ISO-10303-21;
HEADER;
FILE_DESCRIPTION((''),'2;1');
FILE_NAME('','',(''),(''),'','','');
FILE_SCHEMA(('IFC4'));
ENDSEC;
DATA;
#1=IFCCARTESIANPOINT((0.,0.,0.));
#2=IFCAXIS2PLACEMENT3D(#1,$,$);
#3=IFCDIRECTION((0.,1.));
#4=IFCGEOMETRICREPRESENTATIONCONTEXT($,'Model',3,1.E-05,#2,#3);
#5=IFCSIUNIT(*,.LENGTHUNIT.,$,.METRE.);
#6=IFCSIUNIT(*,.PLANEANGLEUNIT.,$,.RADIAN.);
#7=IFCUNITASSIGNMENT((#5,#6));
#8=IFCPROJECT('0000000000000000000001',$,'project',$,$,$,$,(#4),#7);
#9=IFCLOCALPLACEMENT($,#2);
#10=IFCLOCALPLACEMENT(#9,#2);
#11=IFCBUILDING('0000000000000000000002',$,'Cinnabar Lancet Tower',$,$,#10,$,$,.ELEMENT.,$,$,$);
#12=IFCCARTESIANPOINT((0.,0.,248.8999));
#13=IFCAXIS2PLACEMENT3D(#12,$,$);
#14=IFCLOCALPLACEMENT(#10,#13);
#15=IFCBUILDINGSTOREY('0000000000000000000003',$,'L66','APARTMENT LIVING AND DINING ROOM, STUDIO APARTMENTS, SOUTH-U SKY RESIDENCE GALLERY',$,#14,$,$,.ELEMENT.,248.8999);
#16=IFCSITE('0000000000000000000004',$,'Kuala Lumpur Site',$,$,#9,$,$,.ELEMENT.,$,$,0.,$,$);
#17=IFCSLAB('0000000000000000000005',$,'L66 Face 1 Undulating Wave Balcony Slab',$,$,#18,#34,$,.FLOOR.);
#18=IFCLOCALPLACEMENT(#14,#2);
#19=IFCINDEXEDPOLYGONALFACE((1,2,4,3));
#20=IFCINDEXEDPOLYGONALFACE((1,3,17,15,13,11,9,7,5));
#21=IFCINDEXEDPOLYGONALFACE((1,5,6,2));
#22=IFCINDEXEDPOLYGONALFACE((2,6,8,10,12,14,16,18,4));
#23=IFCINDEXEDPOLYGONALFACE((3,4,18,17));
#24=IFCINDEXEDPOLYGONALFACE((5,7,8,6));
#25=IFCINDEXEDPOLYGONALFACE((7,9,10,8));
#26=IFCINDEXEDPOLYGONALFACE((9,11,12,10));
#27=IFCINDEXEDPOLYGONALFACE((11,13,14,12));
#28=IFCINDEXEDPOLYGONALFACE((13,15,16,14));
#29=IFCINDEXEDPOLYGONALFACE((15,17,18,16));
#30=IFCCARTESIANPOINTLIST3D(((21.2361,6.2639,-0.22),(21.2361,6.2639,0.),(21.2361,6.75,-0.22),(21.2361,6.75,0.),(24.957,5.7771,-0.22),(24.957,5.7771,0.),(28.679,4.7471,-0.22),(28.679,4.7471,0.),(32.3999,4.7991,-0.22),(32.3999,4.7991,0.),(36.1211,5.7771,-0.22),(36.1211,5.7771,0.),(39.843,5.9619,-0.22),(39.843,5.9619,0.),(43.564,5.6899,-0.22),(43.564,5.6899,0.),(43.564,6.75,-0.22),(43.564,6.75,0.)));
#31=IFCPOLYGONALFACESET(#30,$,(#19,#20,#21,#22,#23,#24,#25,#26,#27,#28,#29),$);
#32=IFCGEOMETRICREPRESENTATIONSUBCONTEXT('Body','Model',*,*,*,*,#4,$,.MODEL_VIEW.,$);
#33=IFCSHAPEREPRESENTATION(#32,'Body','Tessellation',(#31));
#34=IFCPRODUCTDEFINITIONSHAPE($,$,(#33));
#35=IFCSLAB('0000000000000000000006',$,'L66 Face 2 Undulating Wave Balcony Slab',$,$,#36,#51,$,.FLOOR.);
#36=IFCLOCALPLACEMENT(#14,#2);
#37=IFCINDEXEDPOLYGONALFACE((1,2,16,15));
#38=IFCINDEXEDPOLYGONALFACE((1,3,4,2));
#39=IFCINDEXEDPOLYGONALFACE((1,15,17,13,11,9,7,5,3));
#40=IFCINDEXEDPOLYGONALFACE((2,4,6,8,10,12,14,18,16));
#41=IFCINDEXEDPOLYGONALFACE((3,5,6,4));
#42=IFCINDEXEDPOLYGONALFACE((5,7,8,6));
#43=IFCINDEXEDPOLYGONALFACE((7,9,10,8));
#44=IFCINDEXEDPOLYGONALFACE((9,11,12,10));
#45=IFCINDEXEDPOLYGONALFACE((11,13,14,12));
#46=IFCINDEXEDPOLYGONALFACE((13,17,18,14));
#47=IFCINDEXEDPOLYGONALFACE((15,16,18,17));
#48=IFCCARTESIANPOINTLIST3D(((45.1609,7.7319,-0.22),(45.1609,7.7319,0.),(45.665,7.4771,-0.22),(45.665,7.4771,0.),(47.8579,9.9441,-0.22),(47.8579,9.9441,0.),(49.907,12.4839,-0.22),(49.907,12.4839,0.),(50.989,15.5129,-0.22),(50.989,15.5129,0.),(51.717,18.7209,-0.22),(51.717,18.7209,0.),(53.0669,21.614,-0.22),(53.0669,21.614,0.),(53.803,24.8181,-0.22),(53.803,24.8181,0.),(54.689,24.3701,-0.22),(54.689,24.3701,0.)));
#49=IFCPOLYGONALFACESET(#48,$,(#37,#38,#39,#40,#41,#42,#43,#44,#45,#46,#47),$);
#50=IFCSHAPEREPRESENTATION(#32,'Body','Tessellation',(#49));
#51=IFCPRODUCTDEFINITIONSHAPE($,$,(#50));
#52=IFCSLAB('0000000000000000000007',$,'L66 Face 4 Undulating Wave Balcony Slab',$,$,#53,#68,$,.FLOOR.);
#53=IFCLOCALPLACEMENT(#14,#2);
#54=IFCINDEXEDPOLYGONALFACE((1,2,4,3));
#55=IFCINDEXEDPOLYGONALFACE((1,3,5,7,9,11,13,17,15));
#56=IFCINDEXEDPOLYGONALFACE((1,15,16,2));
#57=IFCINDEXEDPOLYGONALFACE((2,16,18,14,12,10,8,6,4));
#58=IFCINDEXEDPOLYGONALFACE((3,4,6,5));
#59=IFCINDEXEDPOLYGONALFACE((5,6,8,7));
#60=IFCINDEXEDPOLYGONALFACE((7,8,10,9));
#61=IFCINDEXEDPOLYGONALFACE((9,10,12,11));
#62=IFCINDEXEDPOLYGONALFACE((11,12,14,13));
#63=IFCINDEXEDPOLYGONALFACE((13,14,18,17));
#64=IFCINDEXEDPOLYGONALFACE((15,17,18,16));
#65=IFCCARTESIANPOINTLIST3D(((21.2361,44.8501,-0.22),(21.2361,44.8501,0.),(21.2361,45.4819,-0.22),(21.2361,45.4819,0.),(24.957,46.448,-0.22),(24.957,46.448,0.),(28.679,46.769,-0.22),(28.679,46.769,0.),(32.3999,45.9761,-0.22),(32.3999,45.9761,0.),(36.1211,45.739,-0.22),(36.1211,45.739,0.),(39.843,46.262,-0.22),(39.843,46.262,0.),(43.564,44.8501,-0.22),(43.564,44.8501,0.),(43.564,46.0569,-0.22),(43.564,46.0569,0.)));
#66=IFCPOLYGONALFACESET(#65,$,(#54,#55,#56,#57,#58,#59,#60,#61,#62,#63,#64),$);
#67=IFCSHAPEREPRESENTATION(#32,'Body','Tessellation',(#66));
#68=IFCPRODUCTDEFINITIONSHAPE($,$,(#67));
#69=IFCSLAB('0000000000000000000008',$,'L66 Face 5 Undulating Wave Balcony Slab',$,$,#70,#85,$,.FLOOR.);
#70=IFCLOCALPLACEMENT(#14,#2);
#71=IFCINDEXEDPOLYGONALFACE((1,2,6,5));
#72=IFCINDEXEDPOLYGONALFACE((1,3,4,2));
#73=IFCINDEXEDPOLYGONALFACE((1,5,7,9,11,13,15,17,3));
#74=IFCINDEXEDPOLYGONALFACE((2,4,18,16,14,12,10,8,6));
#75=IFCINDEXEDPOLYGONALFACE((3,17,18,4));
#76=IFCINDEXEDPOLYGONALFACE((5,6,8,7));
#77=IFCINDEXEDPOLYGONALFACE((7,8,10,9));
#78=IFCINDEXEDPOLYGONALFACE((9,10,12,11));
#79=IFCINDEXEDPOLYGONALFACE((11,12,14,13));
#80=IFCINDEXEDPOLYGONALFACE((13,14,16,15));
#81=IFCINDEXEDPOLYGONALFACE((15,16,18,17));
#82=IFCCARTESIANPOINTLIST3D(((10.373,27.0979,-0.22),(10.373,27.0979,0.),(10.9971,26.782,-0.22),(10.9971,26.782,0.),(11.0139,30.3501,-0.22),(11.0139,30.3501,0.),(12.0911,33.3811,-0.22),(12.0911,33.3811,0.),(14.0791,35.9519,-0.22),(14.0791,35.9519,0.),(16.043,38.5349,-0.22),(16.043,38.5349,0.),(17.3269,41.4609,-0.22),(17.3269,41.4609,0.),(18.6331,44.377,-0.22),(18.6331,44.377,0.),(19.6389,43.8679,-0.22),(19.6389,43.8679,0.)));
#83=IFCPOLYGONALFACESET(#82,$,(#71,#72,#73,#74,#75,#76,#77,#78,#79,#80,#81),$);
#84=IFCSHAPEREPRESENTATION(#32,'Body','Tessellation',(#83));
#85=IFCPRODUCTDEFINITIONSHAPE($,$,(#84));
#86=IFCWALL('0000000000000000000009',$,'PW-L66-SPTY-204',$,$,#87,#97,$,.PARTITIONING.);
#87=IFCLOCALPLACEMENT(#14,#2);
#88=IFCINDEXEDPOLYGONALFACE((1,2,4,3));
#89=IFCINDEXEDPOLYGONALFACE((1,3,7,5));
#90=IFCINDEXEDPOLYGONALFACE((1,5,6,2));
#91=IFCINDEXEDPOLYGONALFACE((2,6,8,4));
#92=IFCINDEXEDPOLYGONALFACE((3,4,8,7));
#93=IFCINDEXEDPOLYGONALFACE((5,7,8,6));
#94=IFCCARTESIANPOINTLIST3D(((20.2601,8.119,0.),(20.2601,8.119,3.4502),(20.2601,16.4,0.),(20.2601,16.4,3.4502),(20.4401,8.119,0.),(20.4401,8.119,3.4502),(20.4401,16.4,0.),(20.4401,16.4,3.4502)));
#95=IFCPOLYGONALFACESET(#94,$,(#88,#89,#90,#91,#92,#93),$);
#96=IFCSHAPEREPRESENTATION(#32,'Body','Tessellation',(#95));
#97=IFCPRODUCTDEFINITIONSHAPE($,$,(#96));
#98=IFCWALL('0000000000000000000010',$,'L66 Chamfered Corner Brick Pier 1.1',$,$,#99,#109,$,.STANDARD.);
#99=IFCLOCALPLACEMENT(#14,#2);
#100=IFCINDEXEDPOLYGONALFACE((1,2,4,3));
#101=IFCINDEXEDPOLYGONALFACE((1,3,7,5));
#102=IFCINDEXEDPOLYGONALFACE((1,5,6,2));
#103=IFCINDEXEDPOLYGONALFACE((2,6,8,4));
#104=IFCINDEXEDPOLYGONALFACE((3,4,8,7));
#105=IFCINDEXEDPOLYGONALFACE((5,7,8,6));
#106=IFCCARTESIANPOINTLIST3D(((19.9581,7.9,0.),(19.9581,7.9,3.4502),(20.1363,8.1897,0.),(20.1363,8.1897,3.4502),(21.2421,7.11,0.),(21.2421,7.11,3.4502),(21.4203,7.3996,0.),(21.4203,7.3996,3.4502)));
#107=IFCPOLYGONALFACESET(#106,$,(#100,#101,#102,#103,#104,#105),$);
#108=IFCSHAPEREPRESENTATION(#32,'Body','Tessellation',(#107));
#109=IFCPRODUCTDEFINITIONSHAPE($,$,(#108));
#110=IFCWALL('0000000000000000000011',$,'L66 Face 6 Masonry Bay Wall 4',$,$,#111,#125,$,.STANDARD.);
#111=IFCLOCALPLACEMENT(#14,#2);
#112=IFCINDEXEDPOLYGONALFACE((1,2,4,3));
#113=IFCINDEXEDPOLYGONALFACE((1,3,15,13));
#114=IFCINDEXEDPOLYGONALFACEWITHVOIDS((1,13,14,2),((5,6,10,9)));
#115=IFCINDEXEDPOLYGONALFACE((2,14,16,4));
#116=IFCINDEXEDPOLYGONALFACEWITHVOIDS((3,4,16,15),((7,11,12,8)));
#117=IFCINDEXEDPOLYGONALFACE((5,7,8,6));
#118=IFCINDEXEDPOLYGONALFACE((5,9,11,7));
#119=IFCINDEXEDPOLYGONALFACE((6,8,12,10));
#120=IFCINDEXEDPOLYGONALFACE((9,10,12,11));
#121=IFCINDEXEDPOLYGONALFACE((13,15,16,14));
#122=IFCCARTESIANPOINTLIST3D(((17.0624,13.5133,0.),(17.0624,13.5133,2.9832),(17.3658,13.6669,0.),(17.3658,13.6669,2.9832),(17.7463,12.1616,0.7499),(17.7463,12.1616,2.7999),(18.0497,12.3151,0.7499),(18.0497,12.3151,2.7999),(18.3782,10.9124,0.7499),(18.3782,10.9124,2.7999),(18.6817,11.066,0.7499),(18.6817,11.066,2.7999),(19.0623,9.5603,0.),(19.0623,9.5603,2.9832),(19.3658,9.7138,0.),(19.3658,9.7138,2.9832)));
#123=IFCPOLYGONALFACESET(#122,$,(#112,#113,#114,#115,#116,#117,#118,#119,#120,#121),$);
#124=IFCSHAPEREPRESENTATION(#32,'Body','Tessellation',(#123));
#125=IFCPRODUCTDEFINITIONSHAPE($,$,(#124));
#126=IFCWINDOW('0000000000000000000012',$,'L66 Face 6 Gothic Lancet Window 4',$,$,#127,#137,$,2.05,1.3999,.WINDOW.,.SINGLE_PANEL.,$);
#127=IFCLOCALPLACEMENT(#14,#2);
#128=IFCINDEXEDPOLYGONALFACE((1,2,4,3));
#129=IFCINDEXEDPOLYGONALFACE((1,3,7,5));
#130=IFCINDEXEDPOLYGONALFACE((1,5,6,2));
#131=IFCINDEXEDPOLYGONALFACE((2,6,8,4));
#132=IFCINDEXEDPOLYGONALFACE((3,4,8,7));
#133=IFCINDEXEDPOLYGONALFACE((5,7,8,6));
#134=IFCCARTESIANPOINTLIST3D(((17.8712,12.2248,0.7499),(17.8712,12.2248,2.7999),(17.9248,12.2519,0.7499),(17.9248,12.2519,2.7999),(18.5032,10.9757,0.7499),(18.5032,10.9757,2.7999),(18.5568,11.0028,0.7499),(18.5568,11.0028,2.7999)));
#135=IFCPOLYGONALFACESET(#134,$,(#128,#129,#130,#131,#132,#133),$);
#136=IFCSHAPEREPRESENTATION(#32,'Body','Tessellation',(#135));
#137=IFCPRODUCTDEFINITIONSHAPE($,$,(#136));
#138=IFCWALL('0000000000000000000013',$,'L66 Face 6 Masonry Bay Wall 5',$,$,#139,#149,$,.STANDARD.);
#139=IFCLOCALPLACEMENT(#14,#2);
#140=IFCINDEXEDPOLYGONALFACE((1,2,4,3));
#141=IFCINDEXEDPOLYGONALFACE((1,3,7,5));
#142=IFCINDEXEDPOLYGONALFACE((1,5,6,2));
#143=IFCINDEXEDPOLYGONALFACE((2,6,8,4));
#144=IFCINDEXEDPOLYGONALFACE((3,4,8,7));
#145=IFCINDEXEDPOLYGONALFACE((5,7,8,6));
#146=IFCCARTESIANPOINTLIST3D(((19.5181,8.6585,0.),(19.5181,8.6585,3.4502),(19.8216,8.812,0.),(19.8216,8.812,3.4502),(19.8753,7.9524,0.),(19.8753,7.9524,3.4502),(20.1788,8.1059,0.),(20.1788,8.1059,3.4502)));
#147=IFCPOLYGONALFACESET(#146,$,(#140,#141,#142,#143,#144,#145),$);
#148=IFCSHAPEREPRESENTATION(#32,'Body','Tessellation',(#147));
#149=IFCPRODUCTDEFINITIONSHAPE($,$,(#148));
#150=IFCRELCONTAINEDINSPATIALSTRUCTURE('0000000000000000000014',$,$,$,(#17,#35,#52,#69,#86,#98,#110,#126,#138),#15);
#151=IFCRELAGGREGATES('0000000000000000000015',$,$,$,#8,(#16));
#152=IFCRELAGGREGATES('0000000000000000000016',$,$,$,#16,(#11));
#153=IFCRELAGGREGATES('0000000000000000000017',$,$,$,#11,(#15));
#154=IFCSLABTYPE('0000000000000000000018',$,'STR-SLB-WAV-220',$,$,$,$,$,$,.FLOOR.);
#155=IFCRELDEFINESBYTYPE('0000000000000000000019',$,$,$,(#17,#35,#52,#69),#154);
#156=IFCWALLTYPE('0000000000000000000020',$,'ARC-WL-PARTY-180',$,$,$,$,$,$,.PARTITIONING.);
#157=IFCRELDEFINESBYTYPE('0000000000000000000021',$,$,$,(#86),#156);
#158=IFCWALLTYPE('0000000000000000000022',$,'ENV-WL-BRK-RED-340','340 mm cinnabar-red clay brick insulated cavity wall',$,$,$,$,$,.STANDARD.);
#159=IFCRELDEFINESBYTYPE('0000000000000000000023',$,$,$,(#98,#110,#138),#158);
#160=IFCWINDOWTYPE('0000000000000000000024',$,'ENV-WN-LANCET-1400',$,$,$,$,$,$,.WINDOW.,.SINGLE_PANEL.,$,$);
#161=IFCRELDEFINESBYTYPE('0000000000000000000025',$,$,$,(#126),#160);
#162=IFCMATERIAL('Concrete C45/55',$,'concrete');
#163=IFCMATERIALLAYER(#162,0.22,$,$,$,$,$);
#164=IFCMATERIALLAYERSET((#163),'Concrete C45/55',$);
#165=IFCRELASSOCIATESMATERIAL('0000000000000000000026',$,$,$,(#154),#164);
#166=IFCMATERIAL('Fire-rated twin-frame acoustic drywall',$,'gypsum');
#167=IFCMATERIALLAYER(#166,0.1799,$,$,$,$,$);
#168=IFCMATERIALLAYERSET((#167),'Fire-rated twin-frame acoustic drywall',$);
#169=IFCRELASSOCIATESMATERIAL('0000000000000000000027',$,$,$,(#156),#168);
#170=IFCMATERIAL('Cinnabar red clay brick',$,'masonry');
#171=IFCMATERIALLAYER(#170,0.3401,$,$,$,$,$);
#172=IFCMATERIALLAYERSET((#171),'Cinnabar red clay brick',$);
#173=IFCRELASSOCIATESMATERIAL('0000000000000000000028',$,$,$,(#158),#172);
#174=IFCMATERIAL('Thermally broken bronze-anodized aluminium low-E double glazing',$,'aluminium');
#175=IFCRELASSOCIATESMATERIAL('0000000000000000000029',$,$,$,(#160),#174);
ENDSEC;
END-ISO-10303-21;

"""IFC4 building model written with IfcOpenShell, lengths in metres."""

from ifc_helpers import new_model, si_unit, direction, frame, frame_2d, origin, place, context, subcontext, project, spatial, polyline, rectangle, outline, extrude, material, layer, layer_set, type_object, element, fill, save


model = new_model("IFC4")

# Units and contexts
model_context = context("Model", 3, precision=1e-05, world=origin(), true_north=direction((0.0, 1.0)))
body_context = subcontext(model_context, "Body", "Model", "MODEL_VIEW")
ifc_project = project(units=[si_unit("LENGTHUNIT", "METRE"), si_unit("PLANEANGLEUNIT", "RADIAN")], contexts=[model_context])

# Site, building, storey
site_placement = place(None, origin())
site = spatial("IfcSite", under=ifc_project, at=site_placement, Name="Kuala Lumpur Site", CompositionType="ELEMENT", RefElevation=0.0)
building_placement = place(site_placement, origin())
building = spatial("IfcBuilding", under=site, at=building_placement, Name="Cinnabar Lancet Tower", CompositionType="ELEMENT")
storey_placement = place(building_placement, frame((0.0, 0.0, 248.8999)))
storey = spatial("IfcBuildingStorey", under=building, at=storey_placement, Name="L66", Description="APARTMENT LIVING AND DINING ROOM, STUDIO APARTMENTS, SOUTH-U SKY RESIDENCE GALLERY", CompositionType="ELEMENT", Elevation=248.8999)

# Slabs
ifc_material_1 = material(Name="Concrete C45/55", Category="concrete")
ifc_layer_1 = layer(ifc_material_1, 0.22)
ifc_layer_set_1 = layer_set([ifc_layer_1], Name="Concrete C45/55")
slab_type_1 = type_object("IfcSlabType", Name="STR-SLB-WAV-220", PredefinedType="FLOOR", material=ifc_layer_set_1)
slab_1_placement = place(storey_placement, frame((0.0, 0.0, -0.22)))
element("IfcSlab", 1, at=slab_1_placement, inside=storey, type_object=slab_type_1, Name="L66 Face 1 Undulating Wave Balcony Slab", PredefinedType="FLOOR", context=body_context, shape_type="SweptSolid", body=[
    extrude(outline(polyline([(21.2361, 6.75), (21.2361, 6.2639), (24.957, 5.7771), (28.679, 4.7471), (32.3999, 4.7991), (36.1211, 5.7771), (39.843, 5.9619), (43.564, 5.6899), (43.564, 6.75), (21.2361, 6.75)])), origin(), (0.0, 0.0, 1.0), 0.22),
])
slab_2_placement = place(storey_placement, frame((0.0, 0.0, -0.22)))
element("IfcSlab", 2, at=slab_2_placement, inside=storey, type_object=slab_type_1, Name="L66 Face 2 Undulating Wave Balcony Slab", PredefinedType="FLOOR", context=body_context, shape_type="SweptSolid", body=[
    extrude(outline(polyline([(45.1609, 7.7319), (45.665, 7.4771), (47.8579, 9.9441), (49.907, 12.4839), (50.989, 15.5129), (51.717, 18.7209), (53.0669, 21.614), (54.689, 24.3701), (53.803, 24.8181), (45.1609, 7.7319)])), origin(), (0.0, 0.0, 1.0), 0.22),
])
slab_3_placement = place(storey_placement, frame((0.0, 0.0, -0.22)))
element("IfcSlab", 3, at=slab_3_placement, inside=storey, type_object=slab_type_1, Name="L66 Face 4 Undulating Wave Balcony Slab", PredefinedType="FLOOR", context=body_context, shape_type="SweptSolid", body=[
    extrude(outline(polyline([(43.564, 44.8501), (43.564, 46.0569), (39.843, 46.262), (36.1211, 45.739), (32.3999, 45.9761), (28.679, 46.769), (24.957, 46.448), (21.2361, 45.4819), (21.2361, 44.8501), (43.564, 44.8501)])), origin(), (0.0, 0.0, 1.0), 0.22),
])
slab_4_placement = place(storey_placement, frame((0.0, 0.0, -0.22)))
element("IfcSlab", 4, at=slab_4_placement, inside=storey, type_object=slab_type_1, Name="L66 Face 5 Undulating Wave Balcony Slab", PredefinedType="FLOOR", context=body_context, shape_type="SweptSolid", body=[
    extrude(outline(polyline([(19.6389, 43.8679), (18.6331, 44.377), (17.3269, 41.4609), (16.043, 38.5349), (14.0791, 35.9519), (12.0911, 33.3811), (11.0139, 30.3501), (10.373, 27.0979), (10.9971, 26.782), (19.6389, 43.8679)])), origin(), (0.0, 0.0, 1.0), 0.22),
])

# Walls
ifc_material_2 = material(Name="Fire-rated twin-frame acoustic drywall", Category="gypsum")
ifc_layer_2 = layer(ifc_material_2, 0.1799)
ifc_layer_set_2 = layer_set([ifc_layer_2], Name="Fire-rated twin-frame acoustic drywall")
wall_type_1 = type_object("IfcWallType", Name="ARC-WL-PARTY-180", PredefinedType="PARTITIONING", material=ifc_layer_set_2)
wall_1_placement = place(storey_placement, frame((20.3501, 8.1189, 0.0), z_axis=(0.0, 0.0, 1.0), x_axis=(0.0, 1.0, 0.0)))
element("IfcWall", 5, at=wall_1_placement, inside=storey, type_object=wall_type_1, Name="PW-L66-SPTY-204", PredefinedType="PARTITIONING", context=body_context, shape_type="SweptSolid", body=[
    extrude(rectangle(XDim=8.281, YDim=0.1799, at=frame_2d((4.1406, 0.0))), origin(), (0.0, 0.0, 1.0), 3.4502),
])
ifc_material_3 = material(Name="Cinnabar red clay brick", Category="masonry")
ifc_layer_3 = layer(ifc_material_3, 0.3401)
ifc_layer_set_3 = layer_set([ifc_layer_3], Name="Cinnabar red clay brick")
wall_type_2 = type_object("IfcWallType", Name="ENV-WL-BRK-RED-340", Description="340 mm cinnabar-red clay brick insulated cavity wall", PredefinedType="STANDARD", material=ifc_layer_set_3)
wall_2_placement = place(storey_placement, frame((20.0471, 8.0449, 0.0), z_axis=(0.0, 0.0, 1.0), x_axis=(0.851681, -0.524061, 0.0)))
element("IfcWall", 6, at=wall_2_placement, inside=storey, type_object=wall_type_2, Name="L66 Chamfered Corner Brick Pier 1.1", PredefinedType="STANDARD", context=body_context, shape_type="SweptSolid", body=[
    extrude(rectangle(XDim=1.5076, YDim=0.3401, at=frame_2d((0.7539, 0.0))), origin(), (0.0, 0.0, 1.0), 3.4502),
])

# Wall, opening, window
wall_3_placement = place(storey_placement, frame((17.2141, 13.5901, 0.0), z_axis=(0.0, 0.0, 1.0), x_axis=(0.451441, -0.892301, 0.0)))
wall_3 = element("IfcWall", 7, at=wall_3_placement, inside=storey, type_object=wall_type_2, Name="L66 Face 6 Masonry Bay Wall 4", PredefinedType="STANDARD", context=body_context, shape_type="SweptSolid", body=[
    extrude(rectangle(XDim=4.4302, YDim=0.3401, at=frame_2d((2.2151, 0.0))), origin(), (0.0, 0.0, 1.0), 2.9832),
])
opening_placement = place(wall_3_placement, frame((1.5149, 0.0, 0.75)))
opening = element("IfcOpeningElement", 8, at=opening_placement, cuts=wall_3, PredefinedType="OPENING", context=body_context, shape_type="SweptSolid", body=[
    extrude(rectangle(XDim=1.3999, YDim=2.05, at=frame_2d((0.7, 1.0249))), frame((0.0, 0.1799, 0.0), z_axis=(0.0, -1.0, 0.0), x_axis=(1.0, 0.0, 0.0)), (0.0, 0.0, 1.0), 0.3601),
])
ifc_material_4 = material(Name="Thermally broken bronze-anodized aluminium low-E double glazing", Category="aluminium")
window_type = type_object("IfcWindowType", Name="ENV-WN-LANCET-1400", PartitioningType="SINGLE_PANEL", PredefinedType="WINDOW", material=ifc_material_4)
window_placement = place(opening_placement, origin())
window = element("IfcWindow", 9, at=window_placement, inside=storey, type_object=window_type, Name="L66 Face 6 Gothic Lancet Window 4", OverallHeight=2.05, OverallWidth=1.3999, PartitioningType="SINGLE_PANEL", PredefinedType="WINDOW", context=body_context, shape_type="SweptSolid", body=[
    extrude(rectangle(XDim=1.3999, YDim=2.05, at=frame_2d((0.7, 1.0249))), frame((0.0, 0.03, 0.0), z_axis=(0.0, -1.0, 0.0), x_axis=(1.0, 0.0, 0.0)), (0.0, 0.0, 1.0), 0.0601),
])
fill(opening, window)

# Wall
wall_4_placement = place(storey_placement, frame((19.6699, 8.7351, 0.0), z_axis=(0.0, 0.0, 1.0), x_axis=(0.451405, -0.892319, 0.0)))
element("IfcWall", 10, at=wall_4_placement, inside=storey, type_object=wall_type_2, Name="L66 Face 6 Masonry Bay Wall 5", PredefinedType="STANDARD", context=body_context, shape_type="SweptSolid", body=[
    extrude(rectangle(XDim=0.7913, YDim=0.3401, at=frame_2d((0.3955, 0.0))), origin(), (0.0, 0.0, 1.0), 3.4502),
])

save(model, "model.ifc")
